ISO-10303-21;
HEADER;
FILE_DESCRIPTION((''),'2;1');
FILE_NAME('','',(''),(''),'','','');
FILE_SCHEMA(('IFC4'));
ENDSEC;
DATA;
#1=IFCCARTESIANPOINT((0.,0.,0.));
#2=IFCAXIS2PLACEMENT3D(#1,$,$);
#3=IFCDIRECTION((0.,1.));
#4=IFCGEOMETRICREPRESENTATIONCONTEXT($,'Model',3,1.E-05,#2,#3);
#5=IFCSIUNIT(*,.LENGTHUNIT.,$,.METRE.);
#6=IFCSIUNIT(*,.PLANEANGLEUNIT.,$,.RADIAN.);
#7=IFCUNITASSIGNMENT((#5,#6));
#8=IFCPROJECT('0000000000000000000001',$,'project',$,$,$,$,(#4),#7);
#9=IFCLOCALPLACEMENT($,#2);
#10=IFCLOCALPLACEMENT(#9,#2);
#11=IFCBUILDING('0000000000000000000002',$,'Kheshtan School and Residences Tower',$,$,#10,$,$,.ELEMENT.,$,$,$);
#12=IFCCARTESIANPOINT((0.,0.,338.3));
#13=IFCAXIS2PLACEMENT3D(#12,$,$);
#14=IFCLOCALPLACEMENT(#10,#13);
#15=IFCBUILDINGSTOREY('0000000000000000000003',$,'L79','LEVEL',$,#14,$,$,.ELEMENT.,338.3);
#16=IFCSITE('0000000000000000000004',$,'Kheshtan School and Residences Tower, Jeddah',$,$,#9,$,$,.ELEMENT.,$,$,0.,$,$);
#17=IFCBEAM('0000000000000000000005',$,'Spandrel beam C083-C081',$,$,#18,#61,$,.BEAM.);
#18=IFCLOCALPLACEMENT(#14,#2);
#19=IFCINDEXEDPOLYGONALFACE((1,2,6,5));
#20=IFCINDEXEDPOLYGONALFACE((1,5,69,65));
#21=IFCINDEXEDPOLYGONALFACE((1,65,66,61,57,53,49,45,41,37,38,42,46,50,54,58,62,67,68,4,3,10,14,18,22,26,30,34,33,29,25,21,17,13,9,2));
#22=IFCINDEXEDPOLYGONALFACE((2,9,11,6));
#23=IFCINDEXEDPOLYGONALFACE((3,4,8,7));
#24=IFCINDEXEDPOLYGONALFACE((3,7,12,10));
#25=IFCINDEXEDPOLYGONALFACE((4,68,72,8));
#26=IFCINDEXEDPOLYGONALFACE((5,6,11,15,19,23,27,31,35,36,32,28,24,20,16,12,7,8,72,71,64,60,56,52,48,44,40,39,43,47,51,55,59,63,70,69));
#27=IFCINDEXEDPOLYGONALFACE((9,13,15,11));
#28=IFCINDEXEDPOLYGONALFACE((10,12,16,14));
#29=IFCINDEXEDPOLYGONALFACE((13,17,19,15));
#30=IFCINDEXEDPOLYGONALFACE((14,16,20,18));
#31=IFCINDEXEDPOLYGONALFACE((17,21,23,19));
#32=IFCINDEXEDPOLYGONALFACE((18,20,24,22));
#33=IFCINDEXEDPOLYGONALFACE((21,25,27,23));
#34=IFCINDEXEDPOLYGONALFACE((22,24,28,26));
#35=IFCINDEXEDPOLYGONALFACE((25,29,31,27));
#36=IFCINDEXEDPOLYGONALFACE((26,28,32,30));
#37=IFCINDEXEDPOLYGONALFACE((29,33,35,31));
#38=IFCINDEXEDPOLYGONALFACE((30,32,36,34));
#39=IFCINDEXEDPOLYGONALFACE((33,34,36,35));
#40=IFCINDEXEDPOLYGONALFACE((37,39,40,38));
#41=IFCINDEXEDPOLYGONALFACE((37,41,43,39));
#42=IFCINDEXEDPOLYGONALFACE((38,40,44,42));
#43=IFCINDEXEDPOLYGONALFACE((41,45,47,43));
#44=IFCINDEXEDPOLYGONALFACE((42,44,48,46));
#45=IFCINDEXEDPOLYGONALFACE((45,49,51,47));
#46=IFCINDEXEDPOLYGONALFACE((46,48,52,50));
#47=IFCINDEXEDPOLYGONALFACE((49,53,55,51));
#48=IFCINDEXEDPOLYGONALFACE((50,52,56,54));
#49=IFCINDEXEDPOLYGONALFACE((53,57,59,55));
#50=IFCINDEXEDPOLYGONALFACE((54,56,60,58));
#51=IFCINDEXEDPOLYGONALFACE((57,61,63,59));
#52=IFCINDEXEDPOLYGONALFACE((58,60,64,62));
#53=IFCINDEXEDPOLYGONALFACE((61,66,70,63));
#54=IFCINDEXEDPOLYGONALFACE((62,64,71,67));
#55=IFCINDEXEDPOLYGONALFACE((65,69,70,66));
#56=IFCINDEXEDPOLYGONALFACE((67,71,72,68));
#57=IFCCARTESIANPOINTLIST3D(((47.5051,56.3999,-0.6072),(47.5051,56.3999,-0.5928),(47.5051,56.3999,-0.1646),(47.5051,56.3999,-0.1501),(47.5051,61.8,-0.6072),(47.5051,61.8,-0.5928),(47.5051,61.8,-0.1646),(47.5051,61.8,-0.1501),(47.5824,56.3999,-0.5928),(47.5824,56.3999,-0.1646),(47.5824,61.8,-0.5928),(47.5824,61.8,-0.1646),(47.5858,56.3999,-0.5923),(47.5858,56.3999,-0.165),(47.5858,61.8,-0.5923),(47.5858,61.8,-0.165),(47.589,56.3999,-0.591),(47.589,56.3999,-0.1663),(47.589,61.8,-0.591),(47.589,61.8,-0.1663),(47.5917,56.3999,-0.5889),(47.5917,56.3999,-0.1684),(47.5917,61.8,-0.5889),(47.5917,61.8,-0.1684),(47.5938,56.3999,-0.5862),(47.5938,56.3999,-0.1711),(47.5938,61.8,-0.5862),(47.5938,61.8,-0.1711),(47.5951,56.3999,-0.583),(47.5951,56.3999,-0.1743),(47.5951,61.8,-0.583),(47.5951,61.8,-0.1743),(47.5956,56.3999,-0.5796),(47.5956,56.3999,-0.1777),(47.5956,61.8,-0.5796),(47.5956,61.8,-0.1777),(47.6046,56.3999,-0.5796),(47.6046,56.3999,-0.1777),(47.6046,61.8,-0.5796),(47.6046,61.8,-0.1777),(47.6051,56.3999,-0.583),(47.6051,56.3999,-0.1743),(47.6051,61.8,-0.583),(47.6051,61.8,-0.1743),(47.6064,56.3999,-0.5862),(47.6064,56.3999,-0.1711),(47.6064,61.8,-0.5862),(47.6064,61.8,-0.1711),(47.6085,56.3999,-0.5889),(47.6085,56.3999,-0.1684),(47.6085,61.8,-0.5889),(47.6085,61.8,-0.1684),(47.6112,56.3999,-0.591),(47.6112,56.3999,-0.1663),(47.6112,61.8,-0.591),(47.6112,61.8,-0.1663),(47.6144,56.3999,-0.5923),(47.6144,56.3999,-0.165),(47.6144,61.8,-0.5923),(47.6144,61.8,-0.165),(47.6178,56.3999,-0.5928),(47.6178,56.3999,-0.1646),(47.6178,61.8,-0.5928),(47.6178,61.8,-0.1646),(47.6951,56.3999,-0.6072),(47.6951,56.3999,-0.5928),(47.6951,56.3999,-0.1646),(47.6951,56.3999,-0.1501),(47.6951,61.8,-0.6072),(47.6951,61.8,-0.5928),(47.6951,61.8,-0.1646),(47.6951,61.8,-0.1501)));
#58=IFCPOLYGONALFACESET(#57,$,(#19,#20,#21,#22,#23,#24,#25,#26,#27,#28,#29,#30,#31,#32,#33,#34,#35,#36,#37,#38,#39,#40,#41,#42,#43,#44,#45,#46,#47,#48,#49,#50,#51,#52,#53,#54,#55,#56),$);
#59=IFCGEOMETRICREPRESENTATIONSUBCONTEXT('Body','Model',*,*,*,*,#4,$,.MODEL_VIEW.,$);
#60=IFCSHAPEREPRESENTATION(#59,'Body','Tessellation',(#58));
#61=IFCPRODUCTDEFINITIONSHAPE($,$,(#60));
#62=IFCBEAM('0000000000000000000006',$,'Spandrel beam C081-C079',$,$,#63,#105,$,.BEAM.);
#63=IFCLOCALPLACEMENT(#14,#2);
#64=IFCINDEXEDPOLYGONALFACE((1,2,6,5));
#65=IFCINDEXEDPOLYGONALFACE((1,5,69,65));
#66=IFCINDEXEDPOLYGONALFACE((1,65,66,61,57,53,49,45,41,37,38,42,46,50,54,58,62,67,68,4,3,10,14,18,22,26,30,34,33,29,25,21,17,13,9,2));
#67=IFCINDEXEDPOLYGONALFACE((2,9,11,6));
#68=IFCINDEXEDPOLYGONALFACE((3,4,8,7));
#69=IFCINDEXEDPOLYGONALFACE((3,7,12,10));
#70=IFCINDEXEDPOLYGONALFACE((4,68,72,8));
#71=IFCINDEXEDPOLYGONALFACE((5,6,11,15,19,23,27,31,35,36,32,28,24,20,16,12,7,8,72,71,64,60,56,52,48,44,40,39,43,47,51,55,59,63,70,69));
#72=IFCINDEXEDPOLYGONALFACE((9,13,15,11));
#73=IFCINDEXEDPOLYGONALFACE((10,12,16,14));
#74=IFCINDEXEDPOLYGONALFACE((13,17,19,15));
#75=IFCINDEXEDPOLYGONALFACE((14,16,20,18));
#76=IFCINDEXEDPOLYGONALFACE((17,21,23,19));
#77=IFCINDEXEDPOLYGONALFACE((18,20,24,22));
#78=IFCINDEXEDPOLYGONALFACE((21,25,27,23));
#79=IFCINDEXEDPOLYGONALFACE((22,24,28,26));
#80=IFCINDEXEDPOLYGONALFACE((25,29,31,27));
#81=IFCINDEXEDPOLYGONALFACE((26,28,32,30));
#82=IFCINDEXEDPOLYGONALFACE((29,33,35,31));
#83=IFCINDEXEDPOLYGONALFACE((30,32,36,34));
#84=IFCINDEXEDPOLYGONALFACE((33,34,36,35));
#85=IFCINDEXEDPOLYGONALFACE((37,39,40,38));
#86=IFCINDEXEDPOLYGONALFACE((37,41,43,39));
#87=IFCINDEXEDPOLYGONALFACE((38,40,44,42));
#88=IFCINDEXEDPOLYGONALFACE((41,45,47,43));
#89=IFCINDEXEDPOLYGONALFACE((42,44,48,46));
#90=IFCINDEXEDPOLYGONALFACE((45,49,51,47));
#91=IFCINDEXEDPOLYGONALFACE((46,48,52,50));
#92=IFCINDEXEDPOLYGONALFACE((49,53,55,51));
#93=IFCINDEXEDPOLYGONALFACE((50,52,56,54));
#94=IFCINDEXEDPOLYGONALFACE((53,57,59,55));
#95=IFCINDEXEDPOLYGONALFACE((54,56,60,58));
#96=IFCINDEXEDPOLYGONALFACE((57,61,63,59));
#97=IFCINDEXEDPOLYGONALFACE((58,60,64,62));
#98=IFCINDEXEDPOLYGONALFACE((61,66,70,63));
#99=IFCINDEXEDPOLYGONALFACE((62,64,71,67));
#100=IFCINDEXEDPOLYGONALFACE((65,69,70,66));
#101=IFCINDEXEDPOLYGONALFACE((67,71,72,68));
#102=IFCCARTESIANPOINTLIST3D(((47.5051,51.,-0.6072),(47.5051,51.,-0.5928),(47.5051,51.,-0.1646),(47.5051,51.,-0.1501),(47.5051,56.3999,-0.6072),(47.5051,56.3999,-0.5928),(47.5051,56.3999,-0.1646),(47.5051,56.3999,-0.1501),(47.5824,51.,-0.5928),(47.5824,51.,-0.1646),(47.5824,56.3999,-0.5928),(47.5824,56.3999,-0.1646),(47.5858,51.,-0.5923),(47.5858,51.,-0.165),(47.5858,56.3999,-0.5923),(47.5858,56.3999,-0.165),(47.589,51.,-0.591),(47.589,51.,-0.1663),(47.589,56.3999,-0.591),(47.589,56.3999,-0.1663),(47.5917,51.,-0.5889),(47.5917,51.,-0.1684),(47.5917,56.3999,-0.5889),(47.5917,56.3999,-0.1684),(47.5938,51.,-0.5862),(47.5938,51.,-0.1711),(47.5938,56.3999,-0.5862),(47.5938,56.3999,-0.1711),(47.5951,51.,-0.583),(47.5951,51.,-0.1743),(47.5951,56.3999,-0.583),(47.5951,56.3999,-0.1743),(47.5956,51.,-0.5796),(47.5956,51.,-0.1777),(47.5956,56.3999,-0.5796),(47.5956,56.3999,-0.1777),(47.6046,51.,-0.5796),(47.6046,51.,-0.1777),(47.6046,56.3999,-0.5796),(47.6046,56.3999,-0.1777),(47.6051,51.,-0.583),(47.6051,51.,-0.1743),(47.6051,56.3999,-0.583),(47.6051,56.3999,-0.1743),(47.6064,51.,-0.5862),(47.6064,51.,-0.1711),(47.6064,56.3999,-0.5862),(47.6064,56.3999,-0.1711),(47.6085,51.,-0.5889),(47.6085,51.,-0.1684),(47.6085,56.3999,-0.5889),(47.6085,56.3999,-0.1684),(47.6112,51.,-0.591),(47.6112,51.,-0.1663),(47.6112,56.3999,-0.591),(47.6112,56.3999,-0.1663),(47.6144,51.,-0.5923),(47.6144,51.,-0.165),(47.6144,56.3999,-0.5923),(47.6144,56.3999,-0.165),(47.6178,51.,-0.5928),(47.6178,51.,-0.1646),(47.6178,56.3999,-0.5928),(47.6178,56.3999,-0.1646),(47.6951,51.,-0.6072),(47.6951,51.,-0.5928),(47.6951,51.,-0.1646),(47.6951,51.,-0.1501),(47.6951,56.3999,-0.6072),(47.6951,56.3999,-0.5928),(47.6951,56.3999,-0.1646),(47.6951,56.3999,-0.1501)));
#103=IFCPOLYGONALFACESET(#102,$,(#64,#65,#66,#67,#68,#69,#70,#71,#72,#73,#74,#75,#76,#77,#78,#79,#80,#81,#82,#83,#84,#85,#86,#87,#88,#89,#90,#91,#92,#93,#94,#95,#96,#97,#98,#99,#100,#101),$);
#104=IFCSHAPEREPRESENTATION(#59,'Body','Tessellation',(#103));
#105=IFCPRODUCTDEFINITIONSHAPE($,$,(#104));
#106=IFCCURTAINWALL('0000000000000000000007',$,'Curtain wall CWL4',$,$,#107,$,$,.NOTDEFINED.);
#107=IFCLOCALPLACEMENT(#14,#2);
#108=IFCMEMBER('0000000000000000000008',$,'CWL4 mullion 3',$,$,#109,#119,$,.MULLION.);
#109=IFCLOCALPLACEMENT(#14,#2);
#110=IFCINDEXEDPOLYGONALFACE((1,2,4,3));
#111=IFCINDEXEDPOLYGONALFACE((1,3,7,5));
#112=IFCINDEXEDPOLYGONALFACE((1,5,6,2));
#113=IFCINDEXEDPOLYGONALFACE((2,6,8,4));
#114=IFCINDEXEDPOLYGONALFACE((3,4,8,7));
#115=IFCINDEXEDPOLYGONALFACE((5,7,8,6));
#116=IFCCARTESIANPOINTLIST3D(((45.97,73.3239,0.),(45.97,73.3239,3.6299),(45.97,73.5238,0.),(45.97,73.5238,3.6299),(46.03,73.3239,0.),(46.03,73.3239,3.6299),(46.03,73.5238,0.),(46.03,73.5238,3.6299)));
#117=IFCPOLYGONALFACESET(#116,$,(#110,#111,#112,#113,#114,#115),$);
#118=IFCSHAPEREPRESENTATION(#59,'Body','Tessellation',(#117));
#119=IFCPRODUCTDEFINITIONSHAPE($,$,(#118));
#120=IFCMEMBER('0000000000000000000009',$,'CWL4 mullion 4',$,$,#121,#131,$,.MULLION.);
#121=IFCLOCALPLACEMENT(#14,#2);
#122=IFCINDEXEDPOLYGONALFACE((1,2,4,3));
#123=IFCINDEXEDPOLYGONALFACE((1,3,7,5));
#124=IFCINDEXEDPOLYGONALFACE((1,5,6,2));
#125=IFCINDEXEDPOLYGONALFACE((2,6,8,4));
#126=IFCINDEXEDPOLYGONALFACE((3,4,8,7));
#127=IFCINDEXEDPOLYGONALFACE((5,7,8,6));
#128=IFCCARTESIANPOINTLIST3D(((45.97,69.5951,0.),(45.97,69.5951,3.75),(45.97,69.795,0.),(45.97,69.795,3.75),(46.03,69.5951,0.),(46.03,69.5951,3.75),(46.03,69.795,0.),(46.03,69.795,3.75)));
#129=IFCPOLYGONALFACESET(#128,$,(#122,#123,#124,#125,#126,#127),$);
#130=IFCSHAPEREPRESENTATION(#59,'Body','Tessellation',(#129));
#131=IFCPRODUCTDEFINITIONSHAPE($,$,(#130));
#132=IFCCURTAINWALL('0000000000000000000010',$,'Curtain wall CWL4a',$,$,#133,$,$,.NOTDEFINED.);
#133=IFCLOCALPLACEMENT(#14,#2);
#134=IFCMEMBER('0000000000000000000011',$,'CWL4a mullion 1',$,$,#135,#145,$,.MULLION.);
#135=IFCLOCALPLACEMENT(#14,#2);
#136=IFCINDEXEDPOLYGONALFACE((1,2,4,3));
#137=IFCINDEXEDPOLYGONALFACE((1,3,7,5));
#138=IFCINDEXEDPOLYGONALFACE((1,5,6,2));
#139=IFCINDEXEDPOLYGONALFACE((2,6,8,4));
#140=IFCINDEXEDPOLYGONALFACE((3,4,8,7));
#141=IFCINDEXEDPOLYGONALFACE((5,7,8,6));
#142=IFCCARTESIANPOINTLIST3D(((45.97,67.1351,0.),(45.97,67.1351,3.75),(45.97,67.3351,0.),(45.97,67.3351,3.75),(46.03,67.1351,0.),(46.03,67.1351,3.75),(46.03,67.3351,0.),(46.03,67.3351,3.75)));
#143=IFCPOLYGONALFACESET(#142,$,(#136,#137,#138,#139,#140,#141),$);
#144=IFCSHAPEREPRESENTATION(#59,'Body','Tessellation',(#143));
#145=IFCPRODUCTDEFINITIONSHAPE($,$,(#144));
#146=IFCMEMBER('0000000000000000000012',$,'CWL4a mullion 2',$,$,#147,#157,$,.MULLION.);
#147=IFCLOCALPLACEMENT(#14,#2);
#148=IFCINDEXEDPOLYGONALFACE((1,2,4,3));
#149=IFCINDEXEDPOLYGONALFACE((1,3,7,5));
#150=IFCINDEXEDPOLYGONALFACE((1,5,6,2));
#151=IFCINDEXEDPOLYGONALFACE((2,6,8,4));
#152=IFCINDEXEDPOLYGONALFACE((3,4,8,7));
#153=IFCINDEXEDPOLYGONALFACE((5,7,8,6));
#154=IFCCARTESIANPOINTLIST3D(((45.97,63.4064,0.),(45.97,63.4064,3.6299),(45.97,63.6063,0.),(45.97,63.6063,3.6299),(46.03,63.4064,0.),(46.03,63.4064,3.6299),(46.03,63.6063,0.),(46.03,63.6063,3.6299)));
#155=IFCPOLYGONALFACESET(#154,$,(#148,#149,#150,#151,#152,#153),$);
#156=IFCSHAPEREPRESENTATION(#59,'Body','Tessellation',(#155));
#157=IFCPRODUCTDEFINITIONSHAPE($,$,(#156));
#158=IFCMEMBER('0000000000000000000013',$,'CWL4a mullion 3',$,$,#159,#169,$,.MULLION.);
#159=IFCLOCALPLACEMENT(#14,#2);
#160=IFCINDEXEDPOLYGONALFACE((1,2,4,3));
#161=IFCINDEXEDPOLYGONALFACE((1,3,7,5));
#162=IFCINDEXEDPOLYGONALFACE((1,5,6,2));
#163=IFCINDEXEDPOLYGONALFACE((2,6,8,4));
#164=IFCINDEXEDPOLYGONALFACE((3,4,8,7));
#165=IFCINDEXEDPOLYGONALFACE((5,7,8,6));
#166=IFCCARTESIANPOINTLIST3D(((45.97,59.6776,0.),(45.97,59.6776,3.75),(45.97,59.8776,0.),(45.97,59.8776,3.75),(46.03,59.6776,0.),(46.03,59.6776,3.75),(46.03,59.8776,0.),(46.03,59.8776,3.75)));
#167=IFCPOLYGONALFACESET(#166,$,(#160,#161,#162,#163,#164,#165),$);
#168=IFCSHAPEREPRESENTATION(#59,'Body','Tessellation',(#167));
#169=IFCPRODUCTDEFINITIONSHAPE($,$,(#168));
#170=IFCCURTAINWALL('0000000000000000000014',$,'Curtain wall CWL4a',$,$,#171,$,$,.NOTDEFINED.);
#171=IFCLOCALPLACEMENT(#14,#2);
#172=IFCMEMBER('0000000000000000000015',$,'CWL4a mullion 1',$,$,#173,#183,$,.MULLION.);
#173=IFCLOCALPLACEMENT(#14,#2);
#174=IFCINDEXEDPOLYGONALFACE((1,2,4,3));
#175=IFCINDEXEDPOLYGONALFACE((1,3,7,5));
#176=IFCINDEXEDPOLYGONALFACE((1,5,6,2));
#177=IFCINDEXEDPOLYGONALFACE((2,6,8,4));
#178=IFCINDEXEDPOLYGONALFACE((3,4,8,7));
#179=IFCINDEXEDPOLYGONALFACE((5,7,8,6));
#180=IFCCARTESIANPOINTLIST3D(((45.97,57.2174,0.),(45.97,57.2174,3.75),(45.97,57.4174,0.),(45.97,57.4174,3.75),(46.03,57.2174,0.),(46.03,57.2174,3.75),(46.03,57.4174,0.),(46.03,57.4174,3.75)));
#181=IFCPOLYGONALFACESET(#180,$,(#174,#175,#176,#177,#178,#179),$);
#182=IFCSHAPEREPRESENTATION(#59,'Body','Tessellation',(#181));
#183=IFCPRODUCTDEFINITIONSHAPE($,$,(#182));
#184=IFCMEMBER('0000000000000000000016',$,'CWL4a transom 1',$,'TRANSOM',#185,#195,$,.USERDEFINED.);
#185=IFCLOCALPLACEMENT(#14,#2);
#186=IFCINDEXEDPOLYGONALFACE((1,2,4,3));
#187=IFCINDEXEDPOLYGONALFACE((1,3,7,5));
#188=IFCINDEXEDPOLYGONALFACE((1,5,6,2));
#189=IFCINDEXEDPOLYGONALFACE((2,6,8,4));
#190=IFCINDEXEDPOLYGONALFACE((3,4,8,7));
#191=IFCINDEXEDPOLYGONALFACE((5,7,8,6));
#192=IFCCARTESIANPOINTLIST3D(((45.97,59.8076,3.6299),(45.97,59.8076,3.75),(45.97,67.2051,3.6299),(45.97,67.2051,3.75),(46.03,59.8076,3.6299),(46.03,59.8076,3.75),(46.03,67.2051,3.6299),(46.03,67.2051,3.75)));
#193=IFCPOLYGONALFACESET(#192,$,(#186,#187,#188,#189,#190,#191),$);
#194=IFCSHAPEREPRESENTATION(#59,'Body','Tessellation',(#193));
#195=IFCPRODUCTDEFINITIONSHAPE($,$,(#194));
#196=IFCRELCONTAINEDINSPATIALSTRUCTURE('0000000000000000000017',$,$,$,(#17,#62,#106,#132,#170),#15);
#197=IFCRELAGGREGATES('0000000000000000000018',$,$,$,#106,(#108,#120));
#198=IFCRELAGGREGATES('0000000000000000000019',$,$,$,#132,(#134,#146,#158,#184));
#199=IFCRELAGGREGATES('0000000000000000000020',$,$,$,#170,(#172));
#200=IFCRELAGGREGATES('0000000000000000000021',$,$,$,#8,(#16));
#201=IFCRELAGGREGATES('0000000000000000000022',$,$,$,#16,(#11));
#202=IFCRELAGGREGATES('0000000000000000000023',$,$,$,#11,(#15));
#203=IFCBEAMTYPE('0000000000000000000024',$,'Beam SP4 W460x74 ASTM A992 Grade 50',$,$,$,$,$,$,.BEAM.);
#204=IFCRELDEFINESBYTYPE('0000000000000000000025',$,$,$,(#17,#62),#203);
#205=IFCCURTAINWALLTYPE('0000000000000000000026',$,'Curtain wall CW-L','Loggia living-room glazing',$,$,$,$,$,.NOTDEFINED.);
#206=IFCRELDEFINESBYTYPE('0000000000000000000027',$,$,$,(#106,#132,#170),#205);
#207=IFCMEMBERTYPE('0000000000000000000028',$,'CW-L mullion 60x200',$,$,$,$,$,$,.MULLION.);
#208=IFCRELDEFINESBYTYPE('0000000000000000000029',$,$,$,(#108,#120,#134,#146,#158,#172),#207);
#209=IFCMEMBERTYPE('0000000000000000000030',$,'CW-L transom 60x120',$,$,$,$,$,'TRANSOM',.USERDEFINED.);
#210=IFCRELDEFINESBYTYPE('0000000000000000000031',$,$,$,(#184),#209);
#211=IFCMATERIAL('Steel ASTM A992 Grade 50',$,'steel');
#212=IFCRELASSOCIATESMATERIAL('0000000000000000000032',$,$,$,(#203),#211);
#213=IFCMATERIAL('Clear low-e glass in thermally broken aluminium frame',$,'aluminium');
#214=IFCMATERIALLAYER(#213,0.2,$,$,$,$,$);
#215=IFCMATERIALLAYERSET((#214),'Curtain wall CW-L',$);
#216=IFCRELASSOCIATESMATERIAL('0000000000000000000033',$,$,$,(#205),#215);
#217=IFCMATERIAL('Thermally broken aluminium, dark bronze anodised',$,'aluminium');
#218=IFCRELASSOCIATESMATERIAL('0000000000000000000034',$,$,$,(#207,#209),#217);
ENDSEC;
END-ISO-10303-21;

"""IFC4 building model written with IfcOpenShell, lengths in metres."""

from ifc_helpers import new_model, si_unit, direction, frame, origin, origin_2d, place, context, subcontext, project, spatial, rectangle, i_section, extrude, material, layer, layer_set, material_profile, profile_set, type_object, element, aggregate, save


model = new_model("IFC4")

# Units and contexts
model_context = context("Model", 3, precision=1e-05, world=origin(), true_north=direction((0.0, 1.0)))
body_context = subcontext(model_context, "Body", "Model", "MODEL_VIEW")
ifc_project = project(units=[si_unit("LENGTHUNIT", "METRE"), si_unit("PLANEANGLEUNIT", "RADIAN")], contexts=[model_context])

# Site, building, storey
site_placement = place(None, origin())
site = spatial("IfcSite", under=ifc_project, at=site_placement, Name="Kheshtan School and Residences Tower, Jeddah", CompositionType="ELEMENT", RefElevation=0.0)
building_placement = place(site_placement, origin())
building = spatial("IfcBuilding", under=site, at=building_placement, Name="Kheshtan School and Residences Tower", CompositionType="ELEMENT")
storey_placement = place(building_placement, frame((0.0, 0.0, 338.3)))
storey = spatial("IfcBuildingStorey", under=building, at=storey_placement, Name="L79", Description="LEVEL", CompositionType="ELEMENT", Elevation=338.3)

# Shared definitions
ifc_material_1 = material(Name="Steel ASTM A992 Grade 50", Category="steel")

# Beams
ifc_material_profile_1 = material_profile(ifc_material_1, i_section(OverallWidth=0.1899, OverallDepth=0.457, WebThickness=0.009, FlangeThickness=0.0144, FilletRadius=0.0132, at=origin_2d()), Name="W460x74")
ifc_profile_set_1 = profile_set([ifc_material_profile_1], Name="Steel ASTM A992 Grade 50")
beam_type_1 = type_object("IfcBeamType", Name="Beam SP4 W460x74 ASTM A992 Grade 50", PredefinedType="BEAM", material=ifc_profile_set_1)
beam_1_placement = place(storey_placement, frame((47.6001, 61.8, -0.3787), z_axis=(0.0, -1.0, 0.0), x_axis=(1.0, 0.0, 0.0)))
element("IfcBeam", 1, at=beam_1_placement, inside=storey, type_object=beam_type_1, Name="Spandrel beam C083-C081", PredefinedType="BEAM", context=body_context, shape_type="SweptSolid", body=[
    extrude(i_section(OverallWidth=0.1899, OverallDepth=0.457, WebThickness=0.009, FlangeThickness=0.0144, FilletRadius=0.0132, at=origin_2d()), origin(), (0.0, 0.0, 1.0), 5.4001),
])
beam_2_placement = place(storey_placement, frame((47.6001, 56.3999, -0.3787), z_axis=(0.0, -1.0, 0.0), x_axis=(1.0, 0.0, 0.0)))
element("IfcBeam", 2, at=beam_2_placement, inside=storey, type_object=beam_type_1, Name="Spandrel beam C081-C079", PredefinedType="BEAM", context=body_context, shape_type="SweptSolid", body=[
    extrude(i_section(OverallWidth=0.1899, OverallDepth=0.457, WebThickness=0.009, FlangeThickness=0.0144, FilletRadius=0.0132, at=origin_2d()), origin(), (0.0, 0.0, 1.0), 5.3999),
])

# Curtain walls, members
ifc_material_2 = material(Name="Clear low-e glass in thermally broken aluminium frame", Category="aluminium")
ifc_layer_1 = layer(ifc_material_2, 0.2)
ifc_layer_set_1 = layer_set([ifc_layer_1], Name="Curtain wall CW-L")
curtain_wall_type = type_object("IfcCurtainWallType", Name="Curtain wall CW-L", Description="Loggia living-room glazing", PredefinedType="NOTDEFINED", material=ifc_layer_set_1)
curtain_wall_1_placement = place(storey_placement, origin())
curtain_wall_1 = element("IfcCurtainWall", 3, at=curtain_wall_1_placement, inside=storey, type_object=curtain_wall_type, Name="Curtain wall CWL4", PredefinedType="NOTDEFINED")
ifc_material_3 = material(Name="Thermally broken aluminium, dark bronze anodised", Category="aluminium")
ifc_material_profile_2 = material_profile(ifc_material_3, rectangle(XDim=0.0601, YDim=0.2, at=origin_2d()), Name="CW-L mullion 60x200")
ifc_profile_set_2 = profile_set([ifc_material_profile_2], Name="Thermally broken aluminium, dark bronze anodised")
member_type_1 = type_object("IfcMemberType", Name="CW-L mullion 60x200", PredefinedType="MULLION", material=ifc_profile_set_2)
member_1_placement = place(storey_placement, frame((46.0, 73.4238, 0.0), z_axis=(0.0, 0.0, 1.0), x_axis=(1.0, 0.0, 0.0)))
member_1 = element("IfcMember", 4, at=member_1_placement, type_object=member_type_1, Name="CWL4 mullion 3", PredefinedType="MULLION", context=body_context, shape_type="SweptSolid", body=[
    extrude(rectangle(XDim=0.0601, YDim=0.2, at=origin_2d()), origin(), (0.0, 0.0, 1.0), 3.6299),
])
member_2_placement = place(storey_placement, frame((46.0, 69.6951, 0.0), z_axis=(0.0, 0.0, 1.0), x_axis=(1.0, 0.0, 0.0)))
member_2 = element("IfcMember", 5, at=member_2_placement, type_object=member_type_1, Name="CWL4 mullion 4", PredefinedType="MULLION", context=body_context, shape_type="SweptSolid", body=[
    extrude(rectangle(XDim=0.0601, YDim=0.2, at=origin_2d()), origin(), (0.0, 0.0, 1.0), 3.75),
])
curtain_wall_2_placement = place(storey_placement, origin())
curtain_wall_2 = element("IfcCurtainWall", 6, at=curtain_wall_2_placement, inside=storey, type_object=curtain_wall_type, Name="Curtain wall CWL4a", PredefinedType="NOTDEFINED")
member_3_placement = place(storey_placement, frame((46.0, 67.2351, 0.0), z_axis=(0.0, 0.0, 1.0), x_axis=(1.0, 0.0, 0.0)))
member_3 = element("IfcMember", 7, at=member_3_placement, type_object=member_type_1, Name="CWL4a mullion 1", PredefinedType="MULLION", context=body_context, shape_type="SweptSolid", body=[
    extrude(rectangle(XDim=0.0601, YDim=0.2, at=origin_2d()), origin(), (0.0, 0.0, 1.0), 3.75),
])
member_4_placement = place(storey_placement, frame((46.0, 63.5063, 0.0), z_axis=(0.0, 0.0, 1.0), x_axis=(1.0, 0.0, 0.0)))
member_4 = element("IfcMember", 8, at=member_4_placement, type_object=member_type_1, Name="CWL4a mullion 2", PredefinedType="MULLION", context=body_context, shape_type="SweptSolid", body=[
    extrude(rectangle(XDim=0.0601, YDim=0.2, at=origin_2d()), origin(), (0.0, 0.0, 1.0), 3.6299),
])
member_5_placement = place(storey_placement, frame((46.0, 59.7776, 0.0), z_axis=(0.0, 0.0, 1.0), x_axis=(1.0, 0.0, 0.0)))
member_5 = element("IfcMember", 9, at=member_5_placement, type_object=member_type_1, Name="CWL4a mullion 3", PredefinedType="MULLION", context=body_context, shape_type="SweptSolid", body=[
    extrude(rectangle(XDim=0.0601, YDim=0.2, at=origin_2d()), origin(), (0.0, 0.0, 1.0), 3.75),
])

# Curtain wall, member
curtain_wall_3_placement = place(storey_placement, origin())
curtain_wall_3 = element("IfcCurtainWall", 10, at=curtain_wall_3_placement, inside=storey, type_object=curtain_wall_type, Name="Curtain wall CWL4a", PredefinedType="NOTDEFINED")
member_6_placement = place(storey_placement, frame((46.0, 57.3174, 0.0), z_axis=(0.0, 0.0, 1.0), x_axis=(1.0, 0.0, 0.0)))
member_6 = element("IfcMember", 11, at=member_6_placement, type_object=member_type_1, Name="CWL4a mullion 1", PredefinedType="MULLION", context=body_context, shape_type="SweptSolid", body=[
    extrude(rectangle(XDim=0.0601, YDim=0.2, at=origin_2d()), origin(), (0.0, 0.0, 1.0), 3.75),
])

# Member
ifc_material_profile_3 = material_profile(ifc_material_3, rectangle(XDim=0.0601, YDim=0.1201, at=origin_2d()), Name="CW-L transom 60x120")
ifc_profile_set_3 = profile_set([ifc_material_profile_3], Name="Thermally broken aluminium, dark bronze anodised")
member_type_2 = type_object("IfcMemberType", Name="CW-L transom 60x120", ElementType="TRANSOM", PredefinedType="USERDEFINED", material=ifc_profile_set_3)
member_7_placement = place(storey_placement, frame((46.0, 67.2051, 3.6899), z_axis=(0.0, -1.0, 0.0), x_axis=(1.0, 0.0, 0.0)))
member_7 = element("IfcMember", 12, at=member_7_placement, type_object=member_type_2, Name="CWL4a transom 1", ObjectType="TRANSOM", PredefinedType="USERDEFINED", context=body_context, shape_type="SweptSolid", body=[
    extrude(rectangle(XDim=0.0601, YDim=0.1201, at=origin_2d()), origin(), (0.0, 0.0, 1.0), 7.3975),
])

aggregate(curtain_wall_1, [member_1, member_2])
aggregate(curtain_wall_2, [member_3, member_4, member_5, member_7])
aggregate(curtain_wall_3, [member_6])

save(model, "model.ifc")
